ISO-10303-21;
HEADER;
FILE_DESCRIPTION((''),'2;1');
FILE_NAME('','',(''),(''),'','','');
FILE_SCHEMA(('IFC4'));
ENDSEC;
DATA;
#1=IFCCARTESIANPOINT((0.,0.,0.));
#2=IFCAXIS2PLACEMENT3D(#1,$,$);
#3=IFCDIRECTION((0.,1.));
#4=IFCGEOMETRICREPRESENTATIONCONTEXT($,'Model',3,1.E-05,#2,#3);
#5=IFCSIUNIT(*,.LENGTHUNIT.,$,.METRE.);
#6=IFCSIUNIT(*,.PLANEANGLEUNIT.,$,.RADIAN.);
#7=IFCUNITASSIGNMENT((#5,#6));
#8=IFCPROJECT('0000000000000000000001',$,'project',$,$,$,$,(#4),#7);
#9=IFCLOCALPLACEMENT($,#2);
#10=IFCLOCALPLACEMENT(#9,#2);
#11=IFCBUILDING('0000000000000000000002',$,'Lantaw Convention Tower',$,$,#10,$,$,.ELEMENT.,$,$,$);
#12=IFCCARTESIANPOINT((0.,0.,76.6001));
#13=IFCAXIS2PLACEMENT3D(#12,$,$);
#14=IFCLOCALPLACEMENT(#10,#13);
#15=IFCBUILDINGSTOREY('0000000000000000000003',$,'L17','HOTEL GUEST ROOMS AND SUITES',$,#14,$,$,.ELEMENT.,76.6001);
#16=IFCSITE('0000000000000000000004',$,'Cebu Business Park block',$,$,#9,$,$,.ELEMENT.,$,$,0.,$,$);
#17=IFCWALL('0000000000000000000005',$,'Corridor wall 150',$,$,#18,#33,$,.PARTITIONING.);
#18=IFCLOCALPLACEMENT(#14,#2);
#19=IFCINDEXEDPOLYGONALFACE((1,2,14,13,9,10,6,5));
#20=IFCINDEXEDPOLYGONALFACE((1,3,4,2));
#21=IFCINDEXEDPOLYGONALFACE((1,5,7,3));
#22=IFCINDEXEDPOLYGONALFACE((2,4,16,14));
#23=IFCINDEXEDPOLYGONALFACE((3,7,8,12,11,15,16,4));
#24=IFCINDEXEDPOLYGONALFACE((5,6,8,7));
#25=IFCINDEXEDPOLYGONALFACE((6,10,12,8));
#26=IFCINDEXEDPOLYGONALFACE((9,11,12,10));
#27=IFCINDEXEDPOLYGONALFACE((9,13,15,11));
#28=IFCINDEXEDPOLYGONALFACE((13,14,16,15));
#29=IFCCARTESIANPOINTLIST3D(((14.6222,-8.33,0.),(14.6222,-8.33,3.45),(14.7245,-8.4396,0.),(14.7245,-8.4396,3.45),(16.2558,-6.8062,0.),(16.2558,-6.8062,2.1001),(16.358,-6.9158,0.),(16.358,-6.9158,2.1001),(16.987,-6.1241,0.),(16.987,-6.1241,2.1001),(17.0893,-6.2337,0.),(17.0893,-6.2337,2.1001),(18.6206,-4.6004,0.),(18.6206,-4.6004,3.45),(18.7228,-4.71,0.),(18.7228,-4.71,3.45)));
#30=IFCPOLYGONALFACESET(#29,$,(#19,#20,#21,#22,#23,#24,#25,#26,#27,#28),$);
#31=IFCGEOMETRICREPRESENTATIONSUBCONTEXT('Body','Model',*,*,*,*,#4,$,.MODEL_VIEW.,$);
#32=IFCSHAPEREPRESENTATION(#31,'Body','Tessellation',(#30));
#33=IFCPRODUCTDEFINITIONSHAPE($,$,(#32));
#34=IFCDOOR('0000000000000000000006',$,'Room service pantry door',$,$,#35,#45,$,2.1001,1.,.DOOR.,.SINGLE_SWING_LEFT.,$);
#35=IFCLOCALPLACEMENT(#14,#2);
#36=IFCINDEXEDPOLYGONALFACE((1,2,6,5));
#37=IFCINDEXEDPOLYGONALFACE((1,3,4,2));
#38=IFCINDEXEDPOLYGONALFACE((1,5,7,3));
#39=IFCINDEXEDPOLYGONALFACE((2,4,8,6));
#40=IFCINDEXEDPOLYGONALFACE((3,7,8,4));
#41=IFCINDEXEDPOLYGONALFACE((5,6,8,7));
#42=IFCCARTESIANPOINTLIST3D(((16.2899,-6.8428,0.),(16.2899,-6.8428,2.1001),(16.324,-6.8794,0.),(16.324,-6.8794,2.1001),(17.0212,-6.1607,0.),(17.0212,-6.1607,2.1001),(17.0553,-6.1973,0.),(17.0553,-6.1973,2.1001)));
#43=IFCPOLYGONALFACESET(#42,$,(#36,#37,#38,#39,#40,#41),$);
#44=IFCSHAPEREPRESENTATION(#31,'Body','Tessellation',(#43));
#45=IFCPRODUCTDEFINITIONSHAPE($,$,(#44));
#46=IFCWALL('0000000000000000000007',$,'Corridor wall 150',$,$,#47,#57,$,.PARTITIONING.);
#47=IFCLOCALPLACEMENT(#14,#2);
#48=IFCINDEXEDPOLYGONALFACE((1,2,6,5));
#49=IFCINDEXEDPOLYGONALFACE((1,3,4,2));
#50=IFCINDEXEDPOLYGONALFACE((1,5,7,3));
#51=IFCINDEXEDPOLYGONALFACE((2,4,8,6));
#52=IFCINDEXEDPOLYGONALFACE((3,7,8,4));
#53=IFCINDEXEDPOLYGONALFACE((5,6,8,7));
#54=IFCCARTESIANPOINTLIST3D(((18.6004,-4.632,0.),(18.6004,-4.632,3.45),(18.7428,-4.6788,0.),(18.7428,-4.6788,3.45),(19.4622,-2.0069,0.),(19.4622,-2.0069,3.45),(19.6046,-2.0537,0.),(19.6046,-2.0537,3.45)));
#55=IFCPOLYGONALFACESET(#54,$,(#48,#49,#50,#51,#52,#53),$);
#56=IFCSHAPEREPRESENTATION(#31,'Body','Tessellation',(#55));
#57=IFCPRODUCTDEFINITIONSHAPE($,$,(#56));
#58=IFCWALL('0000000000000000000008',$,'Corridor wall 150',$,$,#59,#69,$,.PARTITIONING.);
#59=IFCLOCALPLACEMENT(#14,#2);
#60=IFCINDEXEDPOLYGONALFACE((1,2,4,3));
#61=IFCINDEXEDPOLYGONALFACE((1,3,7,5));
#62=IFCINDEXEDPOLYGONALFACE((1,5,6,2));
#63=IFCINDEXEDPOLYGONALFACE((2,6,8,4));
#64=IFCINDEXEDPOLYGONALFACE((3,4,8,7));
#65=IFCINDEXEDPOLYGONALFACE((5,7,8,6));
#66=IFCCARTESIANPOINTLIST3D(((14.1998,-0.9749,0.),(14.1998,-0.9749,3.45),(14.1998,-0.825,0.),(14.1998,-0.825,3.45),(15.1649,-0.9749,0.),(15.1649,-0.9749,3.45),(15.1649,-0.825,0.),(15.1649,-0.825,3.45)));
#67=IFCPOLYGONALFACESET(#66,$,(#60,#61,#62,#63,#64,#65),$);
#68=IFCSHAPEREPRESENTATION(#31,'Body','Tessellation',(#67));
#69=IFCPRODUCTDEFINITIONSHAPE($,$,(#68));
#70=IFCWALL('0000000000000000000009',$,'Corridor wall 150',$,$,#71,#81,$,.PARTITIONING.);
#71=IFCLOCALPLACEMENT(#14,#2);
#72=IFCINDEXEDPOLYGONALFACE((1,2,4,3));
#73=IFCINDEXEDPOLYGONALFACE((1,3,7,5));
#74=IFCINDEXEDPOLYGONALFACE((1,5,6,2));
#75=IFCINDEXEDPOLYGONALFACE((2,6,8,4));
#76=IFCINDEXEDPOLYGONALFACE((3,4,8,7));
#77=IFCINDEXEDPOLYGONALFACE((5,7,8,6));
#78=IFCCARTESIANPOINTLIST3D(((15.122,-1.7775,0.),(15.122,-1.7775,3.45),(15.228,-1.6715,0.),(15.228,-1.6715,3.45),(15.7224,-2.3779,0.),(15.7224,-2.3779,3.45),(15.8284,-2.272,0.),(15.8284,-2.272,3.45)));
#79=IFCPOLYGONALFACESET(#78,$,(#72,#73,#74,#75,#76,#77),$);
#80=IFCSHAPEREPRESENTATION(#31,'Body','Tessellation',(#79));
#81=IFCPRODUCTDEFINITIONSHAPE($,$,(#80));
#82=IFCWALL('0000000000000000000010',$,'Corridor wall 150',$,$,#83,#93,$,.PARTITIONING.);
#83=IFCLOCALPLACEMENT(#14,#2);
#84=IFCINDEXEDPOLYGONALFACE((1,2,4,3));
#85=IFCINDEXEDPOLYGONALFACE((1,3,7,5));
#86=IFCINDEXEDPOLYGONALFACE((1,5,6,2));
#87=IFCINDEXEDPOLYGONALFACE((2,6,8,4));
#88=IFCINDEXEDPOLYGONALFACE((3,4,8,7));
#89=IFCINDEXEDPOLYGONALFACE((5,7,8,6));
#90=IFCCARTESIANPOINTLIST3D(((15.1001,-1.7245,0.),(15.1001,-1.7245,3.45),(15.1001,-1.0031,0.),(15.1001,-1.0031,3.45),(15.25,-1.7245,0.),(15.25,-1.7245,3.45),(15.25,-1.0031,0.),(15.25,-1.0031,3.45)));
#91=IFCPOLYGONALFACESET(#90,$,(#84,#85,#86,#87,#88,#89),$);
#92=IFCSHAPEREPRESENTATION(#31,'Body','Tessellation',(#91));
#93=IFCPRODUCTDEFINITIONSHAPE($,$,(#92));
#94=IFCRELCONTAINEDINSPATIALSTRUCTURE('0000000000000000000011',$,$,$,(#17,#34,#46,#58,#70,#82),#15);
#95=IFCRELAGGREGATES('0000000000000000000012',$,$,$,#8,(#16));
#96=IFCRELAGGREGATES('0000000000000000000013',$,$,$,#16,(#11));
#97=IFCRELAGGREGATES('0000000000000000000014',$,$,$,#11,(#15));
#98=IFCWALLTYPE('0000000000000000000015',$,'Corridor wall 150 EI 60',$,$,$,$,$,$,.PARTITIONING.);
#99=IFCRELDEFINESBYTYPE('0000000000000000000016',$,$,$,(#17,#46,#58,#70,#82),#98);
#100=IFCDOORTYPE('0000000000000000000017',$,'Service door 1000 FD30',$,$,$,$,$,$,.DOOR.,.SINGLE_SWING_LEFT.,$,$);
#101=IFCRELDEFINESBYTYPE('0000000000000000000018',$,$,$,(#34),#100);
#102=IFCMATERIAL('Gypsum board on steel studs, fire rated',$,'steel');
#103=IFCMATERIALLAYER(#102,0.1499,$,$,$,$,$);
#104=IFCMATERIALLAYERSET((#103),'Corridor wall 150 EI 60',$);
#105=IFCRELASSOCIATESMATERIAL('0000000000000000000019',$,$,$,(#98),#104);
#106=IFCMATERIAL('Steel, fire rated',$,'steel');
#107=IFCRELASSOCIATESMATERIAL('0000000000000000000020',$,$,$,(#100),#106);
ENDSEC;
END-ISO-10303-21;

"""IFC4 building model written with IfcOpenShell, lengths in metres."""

from ifc_helpers import new_model, si_unit, direction, frame, frame_2d, origin, place, context, subcontext, project, spatial, rectangle, extrude, material, layer, layer_set, type_object, element, fill, save


model = new_model("IFC4")

# Units and contexts
model_context = context("Model", 3, precision=1e-05, world=origin(), true_north=direction((0.0, 1.0)))
body_context = subcontext(model_context, "Body", "Model", "MODEL_VIEW")
ifc_project = project(units=[si_unit("LENGTHUNIT", "METRE"), si_unit("PLANEANGLEUNIT", "RADIAN")], contexts=[model_context])

# Site, building, storey
site_placement = place(None, origin())
site = spatial("IfcSite", under=ifc_project, at=site_placement, Name="Cebu Business Park block", CompositionType="ELEMENT", RefElevation=0.0)
building_placement = place(site_placement, origin())
building = spatial("IfcBuilding", under=site, at=building_placement, Name="Lantaw Convention Tower", CompositionType="ELEMENT")
storey_placement = place(building_placement, frame((0.0, 0.0, 76.6001)))
storey = spatial("IfcBuildingStorey", under=building, at=storey_placement, Name="L17", Description="HOTEL GUEST ROOMS AND SUITES", CompositionType="ELEMENT", Elevation=76.6001)

# Wall, opening, door
ifc_material_1 = material(Name="Gypsum board on steel studs, fire rated", Category="steel")
ifc_layer = layer(ifc_material_1, 0.1499)
ifc_layer_set = layer_set([ifc_layer], Name="Corridor wall 150 EI 60")
wall_type = type_object("IfcWallType", Name="Corridor wall 150 EI 60", PredefinedType="PARTITIONING", material=ifc_layer_set)
ifc_material_2 = material(Name="Steel, fire rated", Category="steel")
wall_1_placement = place(storey_placement, frame((14.6733, -8.3848, 0.0), z_axis=(0.0, 0.0, 1.0), x_axis=(0.73126, 0.682099, 0.0)))
wall_1 = element("IfcWall", 1, at=wall_1_placement, inside=storey, type_object=wall_type, Name="Corridor wall 150", PredefinedType="PARTITIONING", context=body_context, shape_type="SweptSolid", body=[
    extrude(rectangle(XDim=5.4678, YDim=0.1499, at=frame_2d((2.7339, 0.0))), origin(), (0.0, 0.0, 1.0), 3.45),
])
opening_1_placement = place(wall_1_placement, frame((2.2339, 0.0, 0.0)))
opening_1 = element("IfcOpeningElement", 2, at=opening_1_placement, cuts=wall_1, PredefinedType="OPENING", context=body_context, shape_type="SweptSolid", body=[
    extrude(rectangle(XDim=1.0, YDim=2.1001, at=frame_2d((0.5, 1.05))), frame((0.0, 0.085, 0.0), z_axis=(0.0, -1.0, 0.0), x_axis=(1.0, 0.0, 0.0)), (0.0, 0.0, 1.0), 0.1699),
])
door_type_1 = type_object("IfcDoorType", Name="Service door 1000 FD30", OperationType="SINGLE_SWING_LEFT", PredefinedType="DOOR", material=ifc_material_2)
door_1_placement = place(opening_1_placement, origin())
door_1 = element("IfcDoor", 3, at=door_1_placement, inside=storey, type_object=door_type_1, Name="Room service pantry door", OperationType="SINGLE_SWING_LEFT", OverallHeight=2.1001, OverallWidth=1.0, PredefinedType="DOOR", context=body_context, shape_type="SweptSolid", body=[
    extrude(rectangle(XDim=1.0, YDim=2.1001, at=frame_2d((0.5, 1.05))), frame((0.0, 0.0249, 0.0), z_axis=(0.0, -1.0, 0.0), x_axis=(1.0, 0.0, 0.0)), (0.0, 0.0, 1.0), 0.05),
])
fill(opening_1, door_1)

# Walls
wall_2_placement = place(storey_placement, frame((18.6716, -4.6553, 0.0), z_axis=(0.0, 0.0, 1.0), x_axis=(0.31193, 0.950105, 0.0)))
element("IfcWall", 4, at=wall_2_placement, inside=storey, type_object=wall_type, Name="Corridor wall 150", PredefinedType="PARTITIONING", context=body_context, shape_type="SweptSolid", body=[
    extrude(rectangle(XDim=2.7629, YDim=0.1499, at=frame_2d((1.3813, 0.0))), origin(), (0.0, 0.0, 1.0), 3.45),
])
wall_3_placement = place(storey_placement, frame((14.2, -0.8999, 0.0), z_axis=(0.0, 0.0, 1.0), x_axis=(1.0, 0.0, 0.0)))
element("IfcWall", 5, at=wall_3_placement, inside=storey, type_object=wall_type, Name="Corridor wall 150", PredefinedType="PARTITIONING", context=body_context, shape_type="SweptSolid", body=[
    extrude(rectangle(XDim=0.9651, YDim=0.1499, at=frame_2d((0.4824, 0.0))), origin(), (0.0, 0.0, 1.0), 3.45),
])
wall_4_placement = place(storey_placement, frame((15.7754, -2.325, 0.0), z_axis=(0.0, 0.0, 1.0), x_axis=(-0.707107, 0.707107, 0.0)))
element("IfcWall", 6, at=wall_4_placement, inside=storey, type_object=wall_type, Name="Corridor wall 150", PredefinedType="PARTITIONING", context=body_context, shape_type="SweptSolid", body=[
    extrude(rectangle(XDim=0.8491, YDim=0.1499, at=frame_2d((0.4246, 0.0))), origin(), (0.0, 0.0, 1.0), 3.45),
])
wall_5_placement = place(storey_placement, frame((15.175, -1.7246, 0.0), z_axis=(0.0, 0.0, 1.0), x_axis=(0.0, 1.0, 0.0)))
element("IfcWall", 7, at=wall_5_placement, inside=storey, type_object=wall_type, Name="Corridor wall 150", PredefinedType="PARTITIONING", context=body_context, shape_type="SweptSolid", body=[
    extrude(rectangle(XDim=0.7214, YDim=0.1499, at=frame_2d((0.3608, 0.0))), origin(), (0.0, 0.0, 1.0), 3.45),
])

save(model, "model.ifc")
